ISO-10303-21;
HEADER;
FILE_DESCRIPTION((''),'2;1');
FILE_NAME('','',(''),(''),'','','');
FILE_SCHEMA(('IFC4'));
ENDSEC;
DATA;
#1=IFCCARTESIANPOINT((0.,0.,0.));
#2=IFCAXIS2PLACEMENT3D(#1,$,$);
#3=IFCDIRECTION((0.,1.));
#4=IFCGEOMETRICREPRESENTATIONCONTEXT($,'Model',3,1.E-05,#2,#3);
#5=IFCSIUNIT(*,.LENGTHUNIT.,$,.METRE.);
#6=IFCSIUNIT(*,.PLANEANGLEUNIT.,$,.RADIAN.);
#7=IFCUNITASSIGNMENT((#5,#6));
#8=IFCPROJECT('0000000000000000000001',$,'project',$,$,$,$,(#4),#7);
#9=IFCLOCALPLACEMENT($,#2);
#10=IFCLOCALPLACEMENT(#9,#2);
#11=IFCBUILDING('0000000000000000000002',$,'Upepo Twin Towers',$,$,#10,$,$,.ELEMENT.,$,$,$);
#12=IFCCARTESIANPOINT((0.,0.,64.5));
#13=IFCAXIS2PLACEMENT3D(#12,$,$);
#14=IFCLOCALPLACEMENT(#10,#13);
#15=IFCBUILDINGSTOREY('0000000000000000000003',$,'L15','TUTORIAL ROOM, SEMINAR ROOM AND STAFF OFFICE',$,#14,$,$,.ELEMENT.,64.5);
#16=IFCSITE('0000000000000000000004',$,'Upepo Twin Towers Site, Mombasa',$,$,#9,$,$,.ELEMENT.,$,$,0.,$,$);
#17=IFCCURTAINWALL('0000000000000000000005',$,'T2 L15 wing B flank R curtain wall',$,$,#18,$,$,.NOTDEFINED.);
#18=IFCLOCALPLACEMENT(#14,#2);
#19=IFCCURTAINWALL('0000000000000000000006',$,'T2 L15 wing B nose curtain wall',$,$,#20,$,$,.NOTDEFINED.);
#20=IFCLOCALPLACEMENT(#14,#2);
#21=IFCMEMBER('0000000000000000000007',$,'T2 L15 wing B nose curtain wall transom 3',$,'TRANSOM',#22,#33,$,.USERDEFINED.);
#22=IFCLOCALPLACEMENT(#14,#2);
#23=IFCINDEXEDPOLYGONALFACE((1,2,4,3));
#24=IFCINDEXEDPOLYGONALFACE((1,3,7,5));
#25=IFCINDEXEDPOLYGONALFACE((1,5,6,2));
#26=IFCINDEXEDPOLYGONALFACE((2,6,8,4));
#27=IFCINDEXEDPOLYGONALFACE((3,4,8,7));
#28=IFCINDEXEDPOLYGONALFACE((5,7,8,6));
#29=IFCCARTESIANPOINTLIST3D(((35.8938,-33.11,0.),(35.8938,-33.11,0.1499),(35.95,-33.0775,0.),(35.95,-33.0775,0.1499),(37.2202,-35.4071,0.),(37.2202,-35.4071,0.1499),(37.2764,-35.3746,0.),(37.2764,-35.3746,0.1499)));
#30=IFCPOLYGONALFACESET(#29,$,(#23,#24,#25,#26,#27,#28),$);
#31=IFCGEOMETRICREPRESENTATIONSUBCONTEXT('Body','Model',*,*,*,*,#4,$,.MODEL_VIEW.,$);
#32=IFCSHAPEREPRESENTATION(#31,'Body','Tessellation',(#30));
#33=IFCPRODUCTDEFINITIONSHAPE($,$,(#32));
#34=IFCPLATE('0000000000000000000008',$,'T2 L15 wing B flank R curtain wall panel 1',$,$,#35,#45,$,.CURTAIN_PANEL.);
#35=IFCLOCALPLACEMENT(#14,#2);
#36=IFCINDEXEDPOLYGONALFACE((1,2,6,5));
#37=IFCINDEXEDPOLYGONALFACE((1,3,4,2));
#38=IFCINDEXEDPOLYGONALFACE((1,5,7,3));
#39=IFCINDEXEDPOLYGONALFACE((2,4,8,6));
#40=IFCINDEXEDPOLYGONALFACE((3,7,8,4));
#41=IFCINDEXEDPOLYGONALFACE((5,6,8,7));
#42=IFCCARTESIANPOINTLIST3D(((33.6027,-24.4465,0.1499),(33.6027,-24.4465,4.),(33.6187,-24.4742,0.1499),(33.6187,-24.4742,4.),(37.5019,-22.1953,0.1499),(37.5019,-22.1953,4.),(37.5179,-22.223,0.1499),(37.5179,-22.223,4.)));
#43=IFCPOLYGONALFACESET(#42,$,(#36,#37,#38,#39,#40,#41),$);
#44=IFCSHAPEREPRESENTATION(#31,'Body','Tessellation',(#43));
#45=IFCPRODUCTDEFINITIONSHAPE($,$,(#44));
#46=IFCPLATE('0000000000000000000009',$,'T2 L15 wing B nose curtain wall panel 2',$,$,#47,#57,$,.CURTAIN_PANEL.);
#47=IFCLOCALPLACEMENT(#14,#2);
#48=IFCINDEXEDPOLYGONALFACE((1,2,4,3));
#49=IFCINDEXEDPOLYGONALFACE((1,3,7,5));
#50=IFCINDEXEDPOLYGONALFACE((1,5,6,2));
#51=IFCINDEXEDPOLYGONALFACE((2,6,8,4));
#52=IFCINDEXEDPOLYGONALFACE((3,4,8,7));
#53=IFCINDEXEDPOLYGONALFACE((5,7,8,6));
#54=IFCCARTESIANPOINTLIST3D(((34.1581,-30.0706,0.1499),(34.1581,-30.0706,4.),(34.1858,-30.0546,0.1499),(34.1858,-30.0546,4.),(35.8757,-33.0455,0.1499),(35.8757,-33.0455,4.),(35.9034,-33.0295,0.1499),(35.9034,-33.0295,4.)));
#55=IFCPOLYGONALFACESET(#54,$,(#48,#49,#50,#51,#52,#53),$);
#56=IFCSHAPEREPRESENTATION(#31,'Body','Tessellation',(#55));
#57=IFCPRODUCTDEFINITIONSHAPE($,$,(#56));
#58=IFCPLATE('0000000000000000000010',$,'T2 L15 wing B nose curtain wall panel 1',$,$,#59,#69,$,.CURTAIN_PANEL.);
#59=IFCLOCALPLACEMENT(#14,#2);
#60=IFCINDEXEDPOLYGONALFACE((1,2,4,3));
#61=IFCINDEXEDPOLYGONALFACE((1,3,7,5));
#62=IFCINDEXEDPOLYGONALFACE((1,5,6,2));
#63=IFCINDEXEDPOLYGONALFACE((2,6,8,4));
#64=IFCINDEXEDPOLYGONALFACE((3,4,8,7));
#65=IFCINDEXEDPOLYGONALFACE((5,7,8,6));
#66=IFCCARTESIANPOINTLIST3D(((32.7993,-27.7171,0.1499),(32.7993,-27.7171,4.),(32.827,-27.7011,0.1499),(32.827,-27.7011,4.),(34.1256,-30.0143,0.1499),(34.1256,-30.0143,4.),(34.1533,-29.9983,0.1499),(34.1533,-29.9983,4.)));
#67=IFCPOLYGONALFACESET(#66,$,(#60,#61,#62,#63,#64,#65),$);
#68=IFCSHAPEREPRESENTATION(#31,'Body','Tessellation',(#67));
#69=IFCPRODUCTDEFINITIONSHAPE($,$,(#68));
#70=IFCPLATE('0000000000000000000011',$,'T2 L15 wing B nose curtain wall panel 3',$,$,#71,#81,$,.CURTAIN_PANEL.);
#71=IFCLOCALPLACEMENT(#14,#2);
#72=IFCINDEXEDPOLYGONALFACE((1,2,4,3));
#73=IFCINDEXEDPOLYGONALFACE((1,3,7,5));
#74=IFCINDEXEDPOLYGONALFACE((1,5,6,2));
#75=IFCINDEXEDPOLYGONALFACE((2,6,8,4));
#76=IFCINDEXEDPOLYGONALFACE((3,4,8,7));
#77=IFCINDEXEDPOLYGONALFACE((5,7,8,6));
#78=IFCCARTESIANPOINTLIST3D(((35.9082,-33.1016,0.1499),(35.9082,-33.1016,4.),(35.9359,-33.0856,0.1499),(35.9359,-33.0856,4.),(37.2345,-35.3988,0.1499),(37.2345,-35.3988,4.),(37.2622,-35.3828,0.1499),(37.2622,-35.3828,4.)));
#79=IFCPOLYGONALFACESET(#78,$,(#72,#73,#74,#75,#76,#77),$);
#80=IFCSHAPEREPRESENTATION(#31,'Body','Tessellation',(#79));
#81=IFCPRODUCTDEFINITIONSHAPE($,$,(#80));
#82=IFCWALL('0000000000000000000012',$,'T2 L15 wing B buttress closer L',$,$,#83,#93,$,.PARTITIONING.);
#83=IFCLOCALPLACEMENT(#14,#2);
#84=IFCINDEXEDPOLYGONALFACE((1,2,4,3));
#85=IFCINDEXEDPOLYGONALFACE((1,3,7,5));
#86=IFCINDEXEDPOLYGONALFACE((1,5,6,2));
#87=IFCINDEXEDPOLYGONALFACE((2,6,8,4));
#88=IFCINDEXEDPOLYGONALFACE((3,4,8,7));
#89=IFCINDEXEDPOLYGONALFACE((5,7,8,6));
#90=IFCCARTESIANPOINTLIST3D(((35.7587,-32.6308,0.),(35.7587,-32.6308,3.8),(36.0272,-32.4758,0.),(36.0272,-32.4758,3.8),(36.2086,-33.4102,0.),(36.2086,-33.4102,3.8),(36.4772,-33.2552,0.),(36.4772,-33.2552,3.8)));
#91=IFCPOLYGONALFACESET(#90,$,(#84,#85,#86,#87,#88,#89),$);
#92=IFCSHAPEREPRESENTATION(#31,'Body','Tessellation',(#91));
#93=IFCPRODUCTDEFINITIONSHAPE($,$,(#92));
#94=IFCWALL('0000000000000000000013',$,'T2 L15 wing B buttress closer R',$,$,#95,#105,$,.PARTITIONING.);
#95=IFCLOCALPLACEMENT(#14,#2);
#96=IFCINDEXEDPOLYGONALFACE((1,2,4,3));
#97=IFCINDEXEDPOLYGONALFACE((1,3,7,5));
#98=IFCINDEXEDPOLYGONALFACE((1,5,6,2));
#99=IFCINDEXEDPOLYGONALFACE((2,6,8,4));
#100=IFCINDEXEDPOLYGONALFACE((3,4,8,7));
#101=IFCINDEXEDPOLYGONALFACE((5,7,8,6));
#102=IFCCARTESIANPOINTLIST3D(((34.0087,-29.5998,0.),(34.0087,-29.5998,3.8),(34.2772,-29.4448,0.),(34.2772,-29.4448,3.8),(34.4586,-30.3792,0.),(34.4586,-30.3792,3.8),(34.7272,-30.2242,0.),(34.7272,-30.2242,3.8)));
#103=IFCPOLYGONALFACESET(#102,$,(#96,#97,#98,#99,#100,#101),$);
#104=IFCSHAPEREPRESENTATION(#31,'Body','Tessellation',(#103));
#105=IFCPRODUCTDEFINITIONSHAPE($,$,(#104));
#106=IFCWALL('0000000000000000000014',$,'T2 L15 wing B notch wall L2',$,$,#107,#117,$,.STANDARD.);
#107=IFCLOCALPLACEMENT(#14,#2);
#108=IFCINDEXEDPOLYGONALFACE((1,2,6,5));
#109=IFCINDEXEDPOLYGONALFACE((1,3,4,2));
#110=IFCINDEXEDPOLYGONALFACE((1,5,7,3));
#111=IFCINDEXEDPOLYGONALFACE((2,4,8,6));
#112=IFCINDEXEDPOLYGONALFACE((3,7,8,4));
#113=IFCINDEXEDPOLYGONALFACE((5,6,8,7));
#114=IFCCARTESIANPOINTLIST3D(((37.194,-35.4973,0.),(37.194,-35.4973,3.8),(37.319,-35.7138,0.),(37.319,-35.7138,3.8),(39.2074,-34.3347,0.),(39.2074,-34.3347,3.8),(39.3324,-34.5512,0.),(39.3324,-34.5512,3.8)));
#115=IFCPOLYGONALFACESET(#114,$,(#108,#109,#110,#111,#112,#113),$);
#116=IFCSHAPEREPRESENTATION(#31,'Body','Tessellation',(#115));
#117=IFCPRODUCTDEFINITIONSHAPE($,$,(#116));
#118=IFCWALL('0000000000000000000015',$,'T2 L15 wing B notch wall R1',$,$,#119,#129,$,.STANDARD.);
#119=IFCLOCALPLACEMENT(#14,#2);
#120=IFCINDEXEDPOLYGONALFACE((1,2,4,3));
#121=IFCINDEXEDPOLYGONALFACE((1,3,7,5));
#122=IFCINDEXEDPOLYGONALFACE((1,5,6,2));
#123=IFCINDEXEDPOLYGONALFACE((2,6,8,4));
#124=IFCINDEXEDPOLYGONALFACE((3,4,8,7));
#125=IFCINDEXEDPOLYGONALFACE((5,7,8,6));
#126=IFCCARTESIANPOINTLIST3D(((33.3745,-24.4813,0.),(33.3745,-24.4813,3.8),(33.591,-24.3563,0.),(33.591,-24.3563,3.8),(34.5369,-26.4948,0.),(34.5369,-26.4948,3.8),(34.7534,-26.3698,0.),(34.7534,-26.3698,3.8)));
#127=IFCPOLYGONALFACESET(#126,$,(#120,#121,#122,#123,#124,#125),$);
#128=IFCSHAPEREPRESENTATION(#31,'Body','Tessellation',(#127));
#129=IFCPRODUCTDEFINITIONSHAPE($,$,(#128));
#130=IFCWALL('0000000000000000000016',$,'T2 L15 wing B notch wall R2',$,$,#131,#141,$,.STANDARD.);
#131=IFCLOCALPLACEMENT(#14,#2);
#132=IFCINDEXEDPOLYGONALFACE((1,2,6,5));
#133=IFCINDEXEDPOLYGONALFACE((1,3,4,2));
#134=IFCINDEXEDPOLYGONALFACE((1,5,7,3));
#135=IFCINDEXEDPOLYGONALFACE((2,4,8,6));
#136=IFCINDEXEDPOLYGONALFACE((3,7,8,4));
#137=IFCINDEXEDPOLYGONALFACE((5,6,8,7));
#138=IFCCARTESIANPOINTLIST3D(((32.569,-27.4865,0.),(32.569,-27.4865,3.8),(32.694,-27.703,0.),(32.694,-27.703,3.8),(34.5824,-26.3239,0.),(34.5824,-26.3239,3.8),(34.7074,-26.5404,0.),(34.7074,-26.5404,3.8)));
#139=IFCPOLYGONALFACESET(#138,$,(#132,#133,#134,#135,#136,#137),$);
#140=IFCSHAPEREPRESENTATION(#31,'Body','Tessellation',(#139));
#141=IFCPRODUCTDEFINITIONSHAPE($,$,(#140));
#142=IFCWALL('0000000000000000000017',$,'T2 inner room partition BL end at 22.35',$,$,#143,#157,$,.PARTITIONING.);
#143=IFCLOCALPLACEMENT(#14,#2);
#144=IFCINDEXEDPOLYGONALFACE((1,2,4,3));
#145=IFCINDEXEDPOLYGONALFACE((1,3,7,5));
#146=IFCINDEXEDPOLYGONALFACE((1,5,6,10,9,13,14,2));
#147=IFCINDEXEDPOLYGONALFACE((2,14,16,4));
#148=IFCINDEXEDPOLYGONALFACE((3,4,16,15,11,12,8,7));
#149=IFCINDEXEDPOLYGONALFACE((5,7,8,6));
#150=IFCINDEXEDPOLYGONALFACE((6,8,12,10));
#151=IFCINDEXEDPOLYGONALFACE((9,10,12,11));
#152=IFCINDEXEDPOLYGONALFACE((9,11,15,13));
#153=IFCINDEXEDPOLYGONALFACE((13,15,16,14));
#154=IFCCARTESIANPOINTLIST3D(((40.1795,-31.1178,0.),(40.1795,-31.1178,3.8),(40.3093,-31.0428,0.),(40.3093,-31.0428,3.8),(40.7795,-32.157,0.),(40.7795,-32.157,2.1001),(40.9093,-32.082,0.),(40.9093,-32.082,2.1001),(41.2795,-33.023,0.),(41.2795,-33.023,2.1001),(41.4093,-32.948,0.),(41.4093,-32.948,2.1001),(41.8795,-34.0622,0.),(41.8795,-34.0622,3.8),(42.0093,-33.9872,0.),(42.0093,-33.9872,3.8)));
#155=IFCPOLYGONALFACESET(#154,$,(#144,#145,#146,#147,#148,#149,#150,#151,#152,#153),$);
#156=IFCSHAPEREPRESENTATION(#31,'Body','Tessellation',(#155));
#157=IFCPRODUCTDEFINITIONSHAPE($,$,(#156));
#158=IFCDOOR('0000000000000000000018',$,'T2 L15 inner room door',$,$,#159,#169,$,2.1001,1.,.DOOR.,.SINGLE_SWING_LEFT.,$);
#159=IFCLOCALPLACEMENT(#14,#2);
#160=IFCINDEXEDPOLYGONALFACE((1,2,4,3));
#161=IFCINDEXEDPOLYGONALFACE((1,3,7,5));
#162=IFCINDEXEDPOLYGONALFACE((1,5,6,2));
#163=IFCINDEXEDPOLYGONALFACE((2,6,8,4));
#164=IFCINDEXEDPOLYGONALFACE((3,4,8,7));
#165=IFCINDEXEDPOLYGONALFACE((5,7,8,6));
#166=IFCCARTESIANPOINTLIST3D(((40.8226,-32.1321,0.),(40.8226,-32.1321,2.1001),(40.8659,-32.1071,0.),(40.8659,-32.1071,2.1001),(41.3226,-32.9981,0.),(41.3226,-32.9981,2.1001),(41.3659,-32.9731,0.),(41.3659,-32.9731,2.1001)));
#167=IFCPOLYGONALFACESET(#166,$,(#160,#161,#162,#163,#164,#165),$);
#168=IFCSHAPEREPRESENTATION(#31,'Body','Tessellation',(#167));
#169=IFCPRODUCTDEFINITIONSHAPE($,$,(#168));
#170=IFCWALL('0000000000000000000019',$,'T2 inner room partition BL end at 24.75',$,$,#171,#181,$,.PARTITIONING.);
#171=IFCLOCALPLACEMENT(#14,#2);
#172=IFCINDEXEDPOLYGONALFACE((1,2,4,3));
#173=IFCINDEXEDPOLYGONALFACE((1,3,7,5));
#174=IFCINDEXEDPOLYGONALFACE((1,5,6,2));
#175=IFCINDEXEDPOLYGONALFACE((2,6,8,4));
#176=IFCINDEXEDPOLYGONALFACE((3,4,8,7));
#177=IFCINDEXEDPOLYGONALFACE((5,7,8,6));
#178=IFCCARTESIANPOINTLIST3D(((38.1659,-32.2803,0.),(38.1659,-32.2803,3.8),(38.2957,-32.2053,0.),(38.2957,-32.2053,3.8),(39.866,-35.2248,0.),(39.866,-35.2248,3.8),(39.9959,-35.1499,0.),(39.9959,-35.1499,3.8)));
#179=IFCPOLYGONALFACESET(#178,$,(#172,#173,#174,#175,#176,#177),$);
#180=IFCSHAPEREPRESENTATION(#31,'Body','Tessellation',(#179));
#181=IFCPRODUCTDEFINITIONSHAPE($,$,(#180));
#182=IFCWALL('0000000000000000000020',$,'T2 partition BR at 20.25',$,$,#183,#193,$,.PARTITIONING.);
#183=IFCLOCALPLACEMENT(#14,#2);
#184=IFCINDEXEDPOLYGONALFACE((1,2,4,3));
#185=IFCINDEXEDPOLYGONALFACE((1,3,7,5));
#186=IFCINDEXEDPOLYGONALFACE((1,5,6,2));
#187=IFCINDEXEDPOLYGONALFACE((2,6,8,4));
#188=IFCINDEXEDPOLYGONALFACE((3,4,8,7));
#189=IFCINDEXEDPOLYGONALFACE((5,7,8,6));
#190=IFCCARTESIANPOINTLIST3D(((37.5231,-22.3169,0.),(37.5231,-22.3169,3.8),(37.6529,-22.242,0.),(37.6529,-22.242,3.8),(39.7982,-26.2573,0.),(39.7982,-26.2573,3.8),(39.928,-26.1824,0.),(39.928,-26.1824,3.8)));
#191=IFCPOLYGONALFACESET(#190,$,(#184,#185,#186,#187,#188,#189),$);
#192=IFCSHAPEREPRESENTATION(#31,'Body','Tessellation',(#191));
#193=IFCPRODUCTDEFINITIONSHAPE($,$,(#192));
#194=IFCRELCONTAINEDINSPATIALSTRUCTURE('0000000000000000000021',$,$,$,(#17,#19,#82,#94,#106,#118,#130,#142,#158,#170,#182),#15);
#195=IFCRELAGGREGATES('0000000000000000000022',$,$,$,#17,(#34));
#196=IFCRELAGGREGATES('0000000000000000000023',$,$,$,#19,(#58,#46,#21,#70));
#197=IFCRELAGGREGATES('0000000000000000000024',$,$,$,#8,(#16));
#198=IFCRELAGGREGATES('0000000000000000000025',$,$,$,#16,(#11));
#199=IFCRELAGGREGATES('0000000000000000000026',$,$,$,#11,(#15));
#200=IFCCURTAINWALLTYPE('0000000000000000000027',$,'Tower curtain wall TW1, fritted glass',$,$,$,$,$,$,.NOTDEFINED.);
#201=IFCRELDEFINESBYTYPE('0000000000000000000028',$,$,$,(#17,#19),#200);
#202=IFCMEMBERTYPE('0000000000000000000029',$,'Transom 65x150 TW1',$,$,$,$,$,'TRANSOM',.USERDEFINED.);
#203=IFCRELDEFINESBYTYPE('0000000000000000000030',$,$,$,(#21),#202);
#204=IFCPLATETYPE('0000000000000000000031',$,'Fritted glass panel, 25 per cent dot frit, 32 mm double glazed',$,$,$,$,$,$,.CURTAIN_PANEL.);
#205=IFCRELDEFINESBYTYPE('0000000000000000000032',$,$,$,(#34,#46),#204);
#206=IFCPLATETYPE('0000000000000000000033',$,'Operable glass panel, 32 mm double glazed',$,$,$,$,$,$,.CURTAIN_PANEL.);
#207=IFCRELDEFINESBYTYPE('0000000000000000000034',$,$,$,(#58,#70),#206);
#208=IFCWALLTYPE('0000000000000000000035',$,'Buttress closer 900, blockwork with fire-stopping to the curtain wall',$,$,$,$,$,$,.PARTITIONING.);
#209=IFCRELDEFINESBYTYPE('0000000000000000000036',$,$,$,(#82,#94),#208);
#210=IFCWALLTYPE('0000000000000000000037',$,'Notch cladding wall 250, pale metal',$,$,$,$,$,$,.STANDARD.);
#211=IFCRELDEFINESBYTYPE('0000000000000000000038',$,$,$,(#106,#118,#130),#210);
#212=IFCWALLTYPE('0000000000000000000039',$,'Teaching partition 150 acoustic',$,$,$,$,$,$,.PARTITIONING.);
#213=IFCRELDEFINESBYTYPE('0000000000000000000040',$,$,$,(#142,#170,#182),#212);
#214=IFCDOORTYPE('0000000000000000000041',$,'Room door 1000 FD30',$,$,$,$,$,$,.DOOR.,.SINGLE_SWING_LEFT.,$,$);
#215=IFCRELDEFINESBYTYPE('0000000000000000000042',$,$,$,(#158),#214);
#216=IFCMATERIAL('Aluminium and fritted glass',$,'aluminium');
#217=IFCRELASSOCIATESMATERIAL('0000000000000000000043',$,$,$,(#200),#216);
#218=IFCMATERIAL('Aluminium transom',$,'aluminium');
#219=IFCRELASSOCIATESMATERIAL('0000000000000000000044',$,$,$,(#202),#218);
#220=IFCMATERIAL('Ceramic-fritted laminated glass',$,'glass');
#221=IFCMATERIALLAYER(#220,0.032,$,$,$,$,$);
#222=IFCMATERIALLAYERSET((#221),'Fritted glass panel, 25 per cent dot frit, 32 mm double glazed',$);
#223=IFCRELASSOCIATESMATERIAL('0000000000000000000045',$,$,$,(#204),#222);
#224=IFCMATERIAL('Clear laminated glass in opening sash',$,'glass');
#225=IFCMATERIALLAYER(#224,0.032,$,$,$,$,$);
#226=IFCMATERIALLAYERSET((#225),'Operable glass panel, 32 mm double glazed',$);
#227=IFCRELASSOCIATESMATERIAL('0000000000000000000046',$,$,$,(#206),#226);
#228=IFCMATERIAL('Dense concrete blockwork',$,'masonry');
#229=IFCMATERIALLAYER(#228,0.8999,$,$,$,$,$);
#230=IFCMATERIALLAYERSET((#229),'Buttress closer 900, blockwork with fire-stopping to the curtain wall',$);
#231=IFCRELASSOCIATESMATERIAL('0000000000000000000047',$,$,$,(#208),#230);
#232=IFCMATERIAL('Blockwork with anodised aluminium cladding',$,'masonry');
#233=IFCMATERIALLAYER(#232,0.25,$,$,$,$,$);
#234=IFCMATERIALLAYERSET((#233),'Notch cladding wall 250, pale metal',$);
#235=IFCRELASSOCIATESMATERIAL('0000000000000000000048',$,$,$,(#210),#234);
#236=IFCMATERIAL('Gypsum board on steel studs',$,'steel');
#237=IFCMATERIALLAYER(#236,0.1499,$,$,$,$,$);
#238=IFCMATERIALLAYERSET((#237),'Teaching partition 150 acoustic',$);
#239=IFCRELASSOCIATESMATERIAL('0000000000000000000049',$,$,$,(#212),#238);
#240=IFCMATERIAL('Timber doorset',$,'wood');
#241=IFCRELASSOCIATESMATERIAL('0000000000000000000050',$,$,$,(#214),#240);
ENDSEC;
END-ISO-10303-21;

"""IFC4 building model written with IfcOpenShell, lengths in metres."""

from ifc_helpers import new_model, si_unit, direction, frame, frame_2d, origin, origin_2d, place, context, subcontext, project, spatial, rectangle, extrude, material, layer, layer_set, material_profile, profile_set, type_object, element, fill, aggregate, save


model = new_model("IFC4")

# Units and contexts
model_context = context("Model", 3, precision=1e-05, world=origin(), true_north=direction((0.0, 1.0)))
body_context = subcontext(model_context, "Body", "Model", "MODEL_VIEW")
ifc_project = project(units=[si_unit("LENGTHUNIT", "METRE"), si_unit("PLANEANGLEUNIT", "RADIAN")], contexts=[model_context])

# Site, building, storey
site_placement = place(None, origin())
site = spatial("IfcSite", under=ifc_project, at=site_placement, Name="Upepo Twin Towers Site, Mombasa", CompositionType="ELEMENT", RefElevation=0.0)
building_placement = place(site_placement, origin())
building = spatial("IfcBuilding", under=site, at=building_placement, Name="Upepo Twin Towers", CompositionType="ELEMENT")
storey_placement = place(building_placement, frame((0.0, 0.0, 64.5)))
storey = spatial("IfcBuildingStorey", under=building, at=storey_placement, Name="L15", Description="TUTORIAL ROOM, SEMINAR ROOM AND STAFF OFFICE", CompositionType="ELEMENT", Elevation=64.5)

# Shared definitions
ifc_material_1 = material(Name="Aluminium and fritted glass", Category="aluminium")
curtain_wall_type = type_object("IfcCurtainWallType", Name="Tower curtain wall TW1, fritted glass", PredefinedType="NOTDEFINED", material=ifc_material_1)

# Curtain walls
curtain_wall_1_placement = place(storey_placement, origin())
curtain_wall_1 = element("IfcCurtainWall", 1, at=curtain_wall_1_placement, inside=storey, type_object=curtain_wall_type, Name="T2 L15 wing B flank R curtain wall", PredefinedType="NOTDEFINED")
curtain_wall_2_placement = place(storey_placement, origin())
curtain_wall_2 = element("IfcCurtainWall", 2, at=curtain_wall_2_placement, inside=storey, type_object=curtain_wall_type, Name="T2 L15 wing B nose curtain wall", PredefinedType="NOTDEFINED")

# Member
ifc_material_2 = material(Name="Aluminium transom", Category="aluminium")
ifc_material_profile_1 = material_profile(ifc_material_2, rectangle(XDim=0.0649, YDim=0.1499, at=origin_2d()), Name="TRANSOM 65x150")
ifc_profile_set_1 = profile_set([ifc_material_profile_1], Name="Aluminium transom")
member_type_1 = type_object("IfcMemberType", Name="Transom 65x150 TW1", ElementType="TRANSOM", PredefinedType="USERDEFINED", material=ifc_profile_set_1)
member_1_placement = place(storey_placement, frame((35.9219, -33.0938, 0.075), z_axis=(0.500049, -0.865997, 0.0), x_axis=(0.865997, 0.500049, 0.0)))
member_1 = element("IfcMember", 3, at=member_1_placement, type_object=member_type_1, Name="T2 L15 wing B nose curtain wall transom 3", ObjectType="TRANSOM", PredefinedType="USERDEFINED", context=body_context, shape_type="SweptSolid", body=[
    extrude(rectangle(XDim=0.0649, YDim=0.1499, at=origin_2d()), origin(), (0.0, 0.0, 1.0), 2.6526),
])

# Plates
ifc_material_3 = material(Name="Ceramic-fritted laminated glass", Category="glass")
ifc_layer_1 = layer(ifc_material_3, 0.032)
ifc_layer_set_1 = layer_set([ifc_layer_1], Name="Fritted glass panel, 25 per cent dot frit, 32 mm double glazed")
plate_type_1 = type_object("IfcPlateType", Name="Fritted glass panel, 25 per cent dot frit, 32 mm double glazed", PredefinedType="CURTAIN_PANEL", material=ifc_layer_set_1)
plate_1_placement = place(storey_placement, frame((35.5603, -23.3347, 0.1499), z_axis=(0.0, 0.0, 1.0), x_axis=(0.866025, 0.5, 0.0)))
plate_1 = element("IfcPlate", 4, at=plate_1_placement, type_object=plate_type_1, Name="T2 L15 wing B flank R curtain wall panel 1", PredefinedType="CURTAIN_PANEL", context=body_context, shape_type="SweptSolid", body=[
    extrude(rectangle(XDim=4.5024, YDim=0.032, at=origin_2d()), origin(), (0.0, 0.0, 1.0), 3.8501),
])
aggregate(curtain_wall_1, [plate_1])
plate_2_placement = place(storey_placement, frame((35.0308, -31.55, 0.1499), z_axis=(0.0, 0.0, 1.0), x_axis=(0.5, -0.866025, 0.0)))
plate_2 = element("IfcPlate", 5, at=plate_2_placement, type_object=plate_type_1, Name="T2 L15 wing B nose curtain wall panel 2", PredefinedType="CURTAIN_PANEL", context=body_context, shape_type="SweptSolid", body=[
    extrude(rectangle(XDim=3.4351, YDim=0.032, at=origin_2d()), origin(), (0.0, 0.0, 1.0), 3.8501),
])
ifc_material_4 = material(Name="Clear laminated glass in opening sash", Category="glass")
ifc_layer_2 = layer(ifc_material_4, 0.032)
ifc_layer_set_2 = layer_set([ifc_layer_2], Name="Operable glass panel, 32 mm double glazed")
plate_type_2 = type_object("IfcPlateType", Name="Operable glass panel, 32 mm double glazed", PredefinedType="CURTAIN_PANEL", material=ifc_layer_set_2)
plate_3_placement = place(storey_placement, frame((33.4763, -28.8577, 0.1499), z_axis=(0.0, 0.0, 1.0), x_axis=(0.5, -0.866025, 0.0)))
plate_3 = element("IfcPlate", 6, at=plate_3_placement, type_object=plate_type_2, Name="T2 L15 wing B nose curtain wall panel 1", PredefinedType="CURTAIN_PANEL", context=body_context, shape_type="SweptSolid", body=[
    extrude(rectangle(XDim=2.6526, YDim=0.032, at=origin_2d()), origin(), (0.0, 0.0, 1.0), 3.8501),
])
plate_4_placement = place(storey_placement, frame((36.5852, -34.2422, 0.1499), z_axis=(0.0, 0.0, 1.0), x_axis=(0.5, -0.866025, 0.0)))
plate_4 = element("IfcPlate", 7, at=plate_4_placement, type_object=plate_type_2, Name="T2 L15 wing B nose curtain wall panel 3", PredefinedType="CURTAIN_PANEL", context=body_context, shape_type="SweptSolid", body=[
    extrude(rectangle(XDim=2.6526, YDim=0.032, at=origin_2d()), origin(), (0.0, 0.0, 1.0), 3.8501),
])
aggregate(curtain_wall_2, [plate_3, plate_2, member_1, plate_4])

# Walls
ifc_material_5 = material(Name="Dense concrete blockwork", Category="masonry")
ifc_layer_3 = layer(ifc_material_5, 0.8999)
ifc_layer_set_3 = layer_set([ifc_layer_3], Name="Buttress closer 900, blockwork with fire-stopping to the curtain wall")
wall_type_1 = type_object("IfcWallType", Name="Buttress closer 900, blockwork with fire-stopping to the curtain wall", PredefinedType="PARTITIONING", material=ifc_layer_set_3)
for number, where, z_axis, x_axis, name in (
    (8, (36.2522, -32.8655, 0.0), (0.0, 0.0, 1.0), (-0.866054, -0.49995, 0.0), "T2 L15 wing B buttress closer L"),
    (9, (34.5022, -29.8345, 0.0), (0.0, 0.0, 1.0), (-0.866054, -0.49995, 0.0), "T2 L15 wing B buttress closer R"),
):
    element("IfcWall", number, at=place(storey_placement, frame(where, z_axis=z_axis, x_axis=x_axis)), inside=storey, type_object=wall_type_1, Name=name, PredefinedType="PARTITIONING", context=body_context, shape_type="SweptSolid", body=[
        extrude(rectangle(XDim=0.3101, YDim=0.8999, at=frame_2d((0.155, 0.0))), origin(), (0.0, 0.0, 1.0), 3.8),
    ])
ifc_material_6 = material(Name="Blockwork with anodised aluminium cladding", Category="masonry")
ifc_layer_4 = layer(ifc_material_6, 0.25)
ifc_layer_set_4 = layer_set([ifc_layer_4], Name="Notch cladding wall 250, pale metal")
wall_type_2 = type_object("IfcWallType", Name="Notch cladding wall 250, pale metal", PredefinedType="STANDARD", material=ifc_layer_set_4)
for number, where, z_axis, x_axis, name in (
    (10, (39.27, -34.4429, 0.0), (0.0, 0.0, 1.0), (-0.865998, -0.500047, 0.0), "T2 L15 wing B notch wall L2"),
    (11, (33.4827, -24.4187, 0.0), (0.0, 0.0, 1.0), (0.499968, -0.866044, 0.0), "T2 L15 wing B notch wall R1"),
    (12, (34.645, -26.4321, 0.0), (0.0, 0.0, 1.0), (-0.865998, -0.500047, 0.0), "T2 L15 wing B notch wall R2"),
):
    element("IfcWall", number, at=place(storey_placement, frame(where, z_axis=z_axis, x_axis=x_axis)), inside=storey, type_object=wall_type_2, Name=name, PredefinedType="STANDARD", context=body_context, shape_type="SweptSolid", body=[
        extrude(rectangle(XDim=2.325, YDim=0.25, at=frame_2d((1.1626, 0.0))), origin(), (0.0, 0.0, 1.0), 3.8),
    ])

# Wall, opening, door
ifc_material_7 = material(Name="Gypsum board on steel studs", Category="steel")
ifc_layer_5 = layer(ifc_material_7, 0.1499)
ifc_layer_set_5 = layer_set([ifc_layer_5], Name="Teaching partition 150 acoustic")
wall_type_3 = type_object("IfcWallType", Name="Teaching partition 150 acoustic", PredefinedType="PARTITIONING", material=ifc_layer_set_5)
wall_1_placement = place(storey_placement, frame((40.2444, -31.0803, 0.0), z_axis=(0.0, 0.0, 1.0), x_axis=(0.500008, -0.866021, 0.0)))
wall_1 = element("IfcWall", 13, at=wall_1_placement, inside=storey, type_object=wall_type_3, Name="T2 inner room partition BL end at 22.35", PredefinedType="PARTITIONING", context=body_context, shape_type="SweptSolid", body=[
    extrude(rectangle(XDim=3.3999, YDim=0.1499, at=frame_2d((1.7, 0.0))), origin(), (0.0, 0.0, 1.0), 3.8),
])
opening_1_placement = place(wall_1_placement, frame((1.2, 0.0, 0.0)))
opening_1 = element("IfcOpeningElement", 14, at=opening_1_placement, cuts=wall_1, PredefinedType="OPENING", context=body_context, shape_type="SweptSolid", body=[
    extrude(rectangle(XDim=1.0, YDim=2.1001, at=frame_2d((0.5, 1.05))), frame((0.0, 0.085, 0.0), z_axis=(0.0, -1.0, 0.0), x_axis=(1.0, 0.0, 0.0)), (0.0, 0.0, 1.0), 0.1699),
])
ifc_material_8 = material(Name="Timber doorset", Category="wood")
door_type = type_object("IfcDoorType", Name="Room door 1000 FD30", OperationType="SINGLE_SWING_LEFT", PredefinedType="DOOR", material=ifc_material_8)
door_1_placement = place(opening_1_placement, origin())
door_1 = element("IfcDoor", 15, at=door_1_placement, inside=storey, type_object=door_type, Name="T2 L15 inner room door", OperationType="SINGLE_SWING_LEFT", OverallHeight=2.1001, OverallWidth=1.0, PredefinedType="DOOR", context=body_context, shape_type="SweptSolid", body=[
    extrude(rectangle(XDim=1.0, YDim=2.1001, at=frame_2d((0.5, 1.05))), frame((0.0, 0.0249, 0.0), z_axis=(0.0, -1.0, 0.0), x_axis=(1.0, 0.0, 0.0)), (0.0, 0.0, 1.0), 0.05),
])
fill(opening_1, door_1)

# Walls
wall_2_placement = place(storey_placement, frame((38.2307, -32.2427, 0.0), z_axis=(0.0, 0.0, 1.0), x_axis=(0.500031, -0.866007, 0.0)))
element("IfcWall", 16, at=wall_2_placement, inside=storey, type_object=wall_type_3, Name="T2 inner room partition BL end at 24.75", PredefinedType="PARTITIONING", context=body_context, shape_type="SweptSolid", body=[
    extrude(rectangle(XDim=3.4001, YDim=0.1499, at=frame_2d((1.7002, 0.0))), origin(), (0.0, 0.0, 1.0), 3.8),
])
wall_3_placement = place(storey_placement, frame((39.863, -26.2197, 0.0), z_axis=(0.0, 0.0, 1.0), x_axis=(-0.500023, 0.866012, 0.0)))
element("IfcWall", 17, at=wall_3_placement, inside=storey, type_object=wall_type_3, Name="T2 partition BR at 20.25", PredefinedType="PARTITIONING", context=body_context, shape_type="SweptSolid", body=[
    extrude(rectangle(XDim=4.55, YDim=0.1499, at=frame_2d((2.2749, 0.0))), origin(), (0.0, 0.0, 1.0), 3.8),
])

save(model, "model.ifc")
